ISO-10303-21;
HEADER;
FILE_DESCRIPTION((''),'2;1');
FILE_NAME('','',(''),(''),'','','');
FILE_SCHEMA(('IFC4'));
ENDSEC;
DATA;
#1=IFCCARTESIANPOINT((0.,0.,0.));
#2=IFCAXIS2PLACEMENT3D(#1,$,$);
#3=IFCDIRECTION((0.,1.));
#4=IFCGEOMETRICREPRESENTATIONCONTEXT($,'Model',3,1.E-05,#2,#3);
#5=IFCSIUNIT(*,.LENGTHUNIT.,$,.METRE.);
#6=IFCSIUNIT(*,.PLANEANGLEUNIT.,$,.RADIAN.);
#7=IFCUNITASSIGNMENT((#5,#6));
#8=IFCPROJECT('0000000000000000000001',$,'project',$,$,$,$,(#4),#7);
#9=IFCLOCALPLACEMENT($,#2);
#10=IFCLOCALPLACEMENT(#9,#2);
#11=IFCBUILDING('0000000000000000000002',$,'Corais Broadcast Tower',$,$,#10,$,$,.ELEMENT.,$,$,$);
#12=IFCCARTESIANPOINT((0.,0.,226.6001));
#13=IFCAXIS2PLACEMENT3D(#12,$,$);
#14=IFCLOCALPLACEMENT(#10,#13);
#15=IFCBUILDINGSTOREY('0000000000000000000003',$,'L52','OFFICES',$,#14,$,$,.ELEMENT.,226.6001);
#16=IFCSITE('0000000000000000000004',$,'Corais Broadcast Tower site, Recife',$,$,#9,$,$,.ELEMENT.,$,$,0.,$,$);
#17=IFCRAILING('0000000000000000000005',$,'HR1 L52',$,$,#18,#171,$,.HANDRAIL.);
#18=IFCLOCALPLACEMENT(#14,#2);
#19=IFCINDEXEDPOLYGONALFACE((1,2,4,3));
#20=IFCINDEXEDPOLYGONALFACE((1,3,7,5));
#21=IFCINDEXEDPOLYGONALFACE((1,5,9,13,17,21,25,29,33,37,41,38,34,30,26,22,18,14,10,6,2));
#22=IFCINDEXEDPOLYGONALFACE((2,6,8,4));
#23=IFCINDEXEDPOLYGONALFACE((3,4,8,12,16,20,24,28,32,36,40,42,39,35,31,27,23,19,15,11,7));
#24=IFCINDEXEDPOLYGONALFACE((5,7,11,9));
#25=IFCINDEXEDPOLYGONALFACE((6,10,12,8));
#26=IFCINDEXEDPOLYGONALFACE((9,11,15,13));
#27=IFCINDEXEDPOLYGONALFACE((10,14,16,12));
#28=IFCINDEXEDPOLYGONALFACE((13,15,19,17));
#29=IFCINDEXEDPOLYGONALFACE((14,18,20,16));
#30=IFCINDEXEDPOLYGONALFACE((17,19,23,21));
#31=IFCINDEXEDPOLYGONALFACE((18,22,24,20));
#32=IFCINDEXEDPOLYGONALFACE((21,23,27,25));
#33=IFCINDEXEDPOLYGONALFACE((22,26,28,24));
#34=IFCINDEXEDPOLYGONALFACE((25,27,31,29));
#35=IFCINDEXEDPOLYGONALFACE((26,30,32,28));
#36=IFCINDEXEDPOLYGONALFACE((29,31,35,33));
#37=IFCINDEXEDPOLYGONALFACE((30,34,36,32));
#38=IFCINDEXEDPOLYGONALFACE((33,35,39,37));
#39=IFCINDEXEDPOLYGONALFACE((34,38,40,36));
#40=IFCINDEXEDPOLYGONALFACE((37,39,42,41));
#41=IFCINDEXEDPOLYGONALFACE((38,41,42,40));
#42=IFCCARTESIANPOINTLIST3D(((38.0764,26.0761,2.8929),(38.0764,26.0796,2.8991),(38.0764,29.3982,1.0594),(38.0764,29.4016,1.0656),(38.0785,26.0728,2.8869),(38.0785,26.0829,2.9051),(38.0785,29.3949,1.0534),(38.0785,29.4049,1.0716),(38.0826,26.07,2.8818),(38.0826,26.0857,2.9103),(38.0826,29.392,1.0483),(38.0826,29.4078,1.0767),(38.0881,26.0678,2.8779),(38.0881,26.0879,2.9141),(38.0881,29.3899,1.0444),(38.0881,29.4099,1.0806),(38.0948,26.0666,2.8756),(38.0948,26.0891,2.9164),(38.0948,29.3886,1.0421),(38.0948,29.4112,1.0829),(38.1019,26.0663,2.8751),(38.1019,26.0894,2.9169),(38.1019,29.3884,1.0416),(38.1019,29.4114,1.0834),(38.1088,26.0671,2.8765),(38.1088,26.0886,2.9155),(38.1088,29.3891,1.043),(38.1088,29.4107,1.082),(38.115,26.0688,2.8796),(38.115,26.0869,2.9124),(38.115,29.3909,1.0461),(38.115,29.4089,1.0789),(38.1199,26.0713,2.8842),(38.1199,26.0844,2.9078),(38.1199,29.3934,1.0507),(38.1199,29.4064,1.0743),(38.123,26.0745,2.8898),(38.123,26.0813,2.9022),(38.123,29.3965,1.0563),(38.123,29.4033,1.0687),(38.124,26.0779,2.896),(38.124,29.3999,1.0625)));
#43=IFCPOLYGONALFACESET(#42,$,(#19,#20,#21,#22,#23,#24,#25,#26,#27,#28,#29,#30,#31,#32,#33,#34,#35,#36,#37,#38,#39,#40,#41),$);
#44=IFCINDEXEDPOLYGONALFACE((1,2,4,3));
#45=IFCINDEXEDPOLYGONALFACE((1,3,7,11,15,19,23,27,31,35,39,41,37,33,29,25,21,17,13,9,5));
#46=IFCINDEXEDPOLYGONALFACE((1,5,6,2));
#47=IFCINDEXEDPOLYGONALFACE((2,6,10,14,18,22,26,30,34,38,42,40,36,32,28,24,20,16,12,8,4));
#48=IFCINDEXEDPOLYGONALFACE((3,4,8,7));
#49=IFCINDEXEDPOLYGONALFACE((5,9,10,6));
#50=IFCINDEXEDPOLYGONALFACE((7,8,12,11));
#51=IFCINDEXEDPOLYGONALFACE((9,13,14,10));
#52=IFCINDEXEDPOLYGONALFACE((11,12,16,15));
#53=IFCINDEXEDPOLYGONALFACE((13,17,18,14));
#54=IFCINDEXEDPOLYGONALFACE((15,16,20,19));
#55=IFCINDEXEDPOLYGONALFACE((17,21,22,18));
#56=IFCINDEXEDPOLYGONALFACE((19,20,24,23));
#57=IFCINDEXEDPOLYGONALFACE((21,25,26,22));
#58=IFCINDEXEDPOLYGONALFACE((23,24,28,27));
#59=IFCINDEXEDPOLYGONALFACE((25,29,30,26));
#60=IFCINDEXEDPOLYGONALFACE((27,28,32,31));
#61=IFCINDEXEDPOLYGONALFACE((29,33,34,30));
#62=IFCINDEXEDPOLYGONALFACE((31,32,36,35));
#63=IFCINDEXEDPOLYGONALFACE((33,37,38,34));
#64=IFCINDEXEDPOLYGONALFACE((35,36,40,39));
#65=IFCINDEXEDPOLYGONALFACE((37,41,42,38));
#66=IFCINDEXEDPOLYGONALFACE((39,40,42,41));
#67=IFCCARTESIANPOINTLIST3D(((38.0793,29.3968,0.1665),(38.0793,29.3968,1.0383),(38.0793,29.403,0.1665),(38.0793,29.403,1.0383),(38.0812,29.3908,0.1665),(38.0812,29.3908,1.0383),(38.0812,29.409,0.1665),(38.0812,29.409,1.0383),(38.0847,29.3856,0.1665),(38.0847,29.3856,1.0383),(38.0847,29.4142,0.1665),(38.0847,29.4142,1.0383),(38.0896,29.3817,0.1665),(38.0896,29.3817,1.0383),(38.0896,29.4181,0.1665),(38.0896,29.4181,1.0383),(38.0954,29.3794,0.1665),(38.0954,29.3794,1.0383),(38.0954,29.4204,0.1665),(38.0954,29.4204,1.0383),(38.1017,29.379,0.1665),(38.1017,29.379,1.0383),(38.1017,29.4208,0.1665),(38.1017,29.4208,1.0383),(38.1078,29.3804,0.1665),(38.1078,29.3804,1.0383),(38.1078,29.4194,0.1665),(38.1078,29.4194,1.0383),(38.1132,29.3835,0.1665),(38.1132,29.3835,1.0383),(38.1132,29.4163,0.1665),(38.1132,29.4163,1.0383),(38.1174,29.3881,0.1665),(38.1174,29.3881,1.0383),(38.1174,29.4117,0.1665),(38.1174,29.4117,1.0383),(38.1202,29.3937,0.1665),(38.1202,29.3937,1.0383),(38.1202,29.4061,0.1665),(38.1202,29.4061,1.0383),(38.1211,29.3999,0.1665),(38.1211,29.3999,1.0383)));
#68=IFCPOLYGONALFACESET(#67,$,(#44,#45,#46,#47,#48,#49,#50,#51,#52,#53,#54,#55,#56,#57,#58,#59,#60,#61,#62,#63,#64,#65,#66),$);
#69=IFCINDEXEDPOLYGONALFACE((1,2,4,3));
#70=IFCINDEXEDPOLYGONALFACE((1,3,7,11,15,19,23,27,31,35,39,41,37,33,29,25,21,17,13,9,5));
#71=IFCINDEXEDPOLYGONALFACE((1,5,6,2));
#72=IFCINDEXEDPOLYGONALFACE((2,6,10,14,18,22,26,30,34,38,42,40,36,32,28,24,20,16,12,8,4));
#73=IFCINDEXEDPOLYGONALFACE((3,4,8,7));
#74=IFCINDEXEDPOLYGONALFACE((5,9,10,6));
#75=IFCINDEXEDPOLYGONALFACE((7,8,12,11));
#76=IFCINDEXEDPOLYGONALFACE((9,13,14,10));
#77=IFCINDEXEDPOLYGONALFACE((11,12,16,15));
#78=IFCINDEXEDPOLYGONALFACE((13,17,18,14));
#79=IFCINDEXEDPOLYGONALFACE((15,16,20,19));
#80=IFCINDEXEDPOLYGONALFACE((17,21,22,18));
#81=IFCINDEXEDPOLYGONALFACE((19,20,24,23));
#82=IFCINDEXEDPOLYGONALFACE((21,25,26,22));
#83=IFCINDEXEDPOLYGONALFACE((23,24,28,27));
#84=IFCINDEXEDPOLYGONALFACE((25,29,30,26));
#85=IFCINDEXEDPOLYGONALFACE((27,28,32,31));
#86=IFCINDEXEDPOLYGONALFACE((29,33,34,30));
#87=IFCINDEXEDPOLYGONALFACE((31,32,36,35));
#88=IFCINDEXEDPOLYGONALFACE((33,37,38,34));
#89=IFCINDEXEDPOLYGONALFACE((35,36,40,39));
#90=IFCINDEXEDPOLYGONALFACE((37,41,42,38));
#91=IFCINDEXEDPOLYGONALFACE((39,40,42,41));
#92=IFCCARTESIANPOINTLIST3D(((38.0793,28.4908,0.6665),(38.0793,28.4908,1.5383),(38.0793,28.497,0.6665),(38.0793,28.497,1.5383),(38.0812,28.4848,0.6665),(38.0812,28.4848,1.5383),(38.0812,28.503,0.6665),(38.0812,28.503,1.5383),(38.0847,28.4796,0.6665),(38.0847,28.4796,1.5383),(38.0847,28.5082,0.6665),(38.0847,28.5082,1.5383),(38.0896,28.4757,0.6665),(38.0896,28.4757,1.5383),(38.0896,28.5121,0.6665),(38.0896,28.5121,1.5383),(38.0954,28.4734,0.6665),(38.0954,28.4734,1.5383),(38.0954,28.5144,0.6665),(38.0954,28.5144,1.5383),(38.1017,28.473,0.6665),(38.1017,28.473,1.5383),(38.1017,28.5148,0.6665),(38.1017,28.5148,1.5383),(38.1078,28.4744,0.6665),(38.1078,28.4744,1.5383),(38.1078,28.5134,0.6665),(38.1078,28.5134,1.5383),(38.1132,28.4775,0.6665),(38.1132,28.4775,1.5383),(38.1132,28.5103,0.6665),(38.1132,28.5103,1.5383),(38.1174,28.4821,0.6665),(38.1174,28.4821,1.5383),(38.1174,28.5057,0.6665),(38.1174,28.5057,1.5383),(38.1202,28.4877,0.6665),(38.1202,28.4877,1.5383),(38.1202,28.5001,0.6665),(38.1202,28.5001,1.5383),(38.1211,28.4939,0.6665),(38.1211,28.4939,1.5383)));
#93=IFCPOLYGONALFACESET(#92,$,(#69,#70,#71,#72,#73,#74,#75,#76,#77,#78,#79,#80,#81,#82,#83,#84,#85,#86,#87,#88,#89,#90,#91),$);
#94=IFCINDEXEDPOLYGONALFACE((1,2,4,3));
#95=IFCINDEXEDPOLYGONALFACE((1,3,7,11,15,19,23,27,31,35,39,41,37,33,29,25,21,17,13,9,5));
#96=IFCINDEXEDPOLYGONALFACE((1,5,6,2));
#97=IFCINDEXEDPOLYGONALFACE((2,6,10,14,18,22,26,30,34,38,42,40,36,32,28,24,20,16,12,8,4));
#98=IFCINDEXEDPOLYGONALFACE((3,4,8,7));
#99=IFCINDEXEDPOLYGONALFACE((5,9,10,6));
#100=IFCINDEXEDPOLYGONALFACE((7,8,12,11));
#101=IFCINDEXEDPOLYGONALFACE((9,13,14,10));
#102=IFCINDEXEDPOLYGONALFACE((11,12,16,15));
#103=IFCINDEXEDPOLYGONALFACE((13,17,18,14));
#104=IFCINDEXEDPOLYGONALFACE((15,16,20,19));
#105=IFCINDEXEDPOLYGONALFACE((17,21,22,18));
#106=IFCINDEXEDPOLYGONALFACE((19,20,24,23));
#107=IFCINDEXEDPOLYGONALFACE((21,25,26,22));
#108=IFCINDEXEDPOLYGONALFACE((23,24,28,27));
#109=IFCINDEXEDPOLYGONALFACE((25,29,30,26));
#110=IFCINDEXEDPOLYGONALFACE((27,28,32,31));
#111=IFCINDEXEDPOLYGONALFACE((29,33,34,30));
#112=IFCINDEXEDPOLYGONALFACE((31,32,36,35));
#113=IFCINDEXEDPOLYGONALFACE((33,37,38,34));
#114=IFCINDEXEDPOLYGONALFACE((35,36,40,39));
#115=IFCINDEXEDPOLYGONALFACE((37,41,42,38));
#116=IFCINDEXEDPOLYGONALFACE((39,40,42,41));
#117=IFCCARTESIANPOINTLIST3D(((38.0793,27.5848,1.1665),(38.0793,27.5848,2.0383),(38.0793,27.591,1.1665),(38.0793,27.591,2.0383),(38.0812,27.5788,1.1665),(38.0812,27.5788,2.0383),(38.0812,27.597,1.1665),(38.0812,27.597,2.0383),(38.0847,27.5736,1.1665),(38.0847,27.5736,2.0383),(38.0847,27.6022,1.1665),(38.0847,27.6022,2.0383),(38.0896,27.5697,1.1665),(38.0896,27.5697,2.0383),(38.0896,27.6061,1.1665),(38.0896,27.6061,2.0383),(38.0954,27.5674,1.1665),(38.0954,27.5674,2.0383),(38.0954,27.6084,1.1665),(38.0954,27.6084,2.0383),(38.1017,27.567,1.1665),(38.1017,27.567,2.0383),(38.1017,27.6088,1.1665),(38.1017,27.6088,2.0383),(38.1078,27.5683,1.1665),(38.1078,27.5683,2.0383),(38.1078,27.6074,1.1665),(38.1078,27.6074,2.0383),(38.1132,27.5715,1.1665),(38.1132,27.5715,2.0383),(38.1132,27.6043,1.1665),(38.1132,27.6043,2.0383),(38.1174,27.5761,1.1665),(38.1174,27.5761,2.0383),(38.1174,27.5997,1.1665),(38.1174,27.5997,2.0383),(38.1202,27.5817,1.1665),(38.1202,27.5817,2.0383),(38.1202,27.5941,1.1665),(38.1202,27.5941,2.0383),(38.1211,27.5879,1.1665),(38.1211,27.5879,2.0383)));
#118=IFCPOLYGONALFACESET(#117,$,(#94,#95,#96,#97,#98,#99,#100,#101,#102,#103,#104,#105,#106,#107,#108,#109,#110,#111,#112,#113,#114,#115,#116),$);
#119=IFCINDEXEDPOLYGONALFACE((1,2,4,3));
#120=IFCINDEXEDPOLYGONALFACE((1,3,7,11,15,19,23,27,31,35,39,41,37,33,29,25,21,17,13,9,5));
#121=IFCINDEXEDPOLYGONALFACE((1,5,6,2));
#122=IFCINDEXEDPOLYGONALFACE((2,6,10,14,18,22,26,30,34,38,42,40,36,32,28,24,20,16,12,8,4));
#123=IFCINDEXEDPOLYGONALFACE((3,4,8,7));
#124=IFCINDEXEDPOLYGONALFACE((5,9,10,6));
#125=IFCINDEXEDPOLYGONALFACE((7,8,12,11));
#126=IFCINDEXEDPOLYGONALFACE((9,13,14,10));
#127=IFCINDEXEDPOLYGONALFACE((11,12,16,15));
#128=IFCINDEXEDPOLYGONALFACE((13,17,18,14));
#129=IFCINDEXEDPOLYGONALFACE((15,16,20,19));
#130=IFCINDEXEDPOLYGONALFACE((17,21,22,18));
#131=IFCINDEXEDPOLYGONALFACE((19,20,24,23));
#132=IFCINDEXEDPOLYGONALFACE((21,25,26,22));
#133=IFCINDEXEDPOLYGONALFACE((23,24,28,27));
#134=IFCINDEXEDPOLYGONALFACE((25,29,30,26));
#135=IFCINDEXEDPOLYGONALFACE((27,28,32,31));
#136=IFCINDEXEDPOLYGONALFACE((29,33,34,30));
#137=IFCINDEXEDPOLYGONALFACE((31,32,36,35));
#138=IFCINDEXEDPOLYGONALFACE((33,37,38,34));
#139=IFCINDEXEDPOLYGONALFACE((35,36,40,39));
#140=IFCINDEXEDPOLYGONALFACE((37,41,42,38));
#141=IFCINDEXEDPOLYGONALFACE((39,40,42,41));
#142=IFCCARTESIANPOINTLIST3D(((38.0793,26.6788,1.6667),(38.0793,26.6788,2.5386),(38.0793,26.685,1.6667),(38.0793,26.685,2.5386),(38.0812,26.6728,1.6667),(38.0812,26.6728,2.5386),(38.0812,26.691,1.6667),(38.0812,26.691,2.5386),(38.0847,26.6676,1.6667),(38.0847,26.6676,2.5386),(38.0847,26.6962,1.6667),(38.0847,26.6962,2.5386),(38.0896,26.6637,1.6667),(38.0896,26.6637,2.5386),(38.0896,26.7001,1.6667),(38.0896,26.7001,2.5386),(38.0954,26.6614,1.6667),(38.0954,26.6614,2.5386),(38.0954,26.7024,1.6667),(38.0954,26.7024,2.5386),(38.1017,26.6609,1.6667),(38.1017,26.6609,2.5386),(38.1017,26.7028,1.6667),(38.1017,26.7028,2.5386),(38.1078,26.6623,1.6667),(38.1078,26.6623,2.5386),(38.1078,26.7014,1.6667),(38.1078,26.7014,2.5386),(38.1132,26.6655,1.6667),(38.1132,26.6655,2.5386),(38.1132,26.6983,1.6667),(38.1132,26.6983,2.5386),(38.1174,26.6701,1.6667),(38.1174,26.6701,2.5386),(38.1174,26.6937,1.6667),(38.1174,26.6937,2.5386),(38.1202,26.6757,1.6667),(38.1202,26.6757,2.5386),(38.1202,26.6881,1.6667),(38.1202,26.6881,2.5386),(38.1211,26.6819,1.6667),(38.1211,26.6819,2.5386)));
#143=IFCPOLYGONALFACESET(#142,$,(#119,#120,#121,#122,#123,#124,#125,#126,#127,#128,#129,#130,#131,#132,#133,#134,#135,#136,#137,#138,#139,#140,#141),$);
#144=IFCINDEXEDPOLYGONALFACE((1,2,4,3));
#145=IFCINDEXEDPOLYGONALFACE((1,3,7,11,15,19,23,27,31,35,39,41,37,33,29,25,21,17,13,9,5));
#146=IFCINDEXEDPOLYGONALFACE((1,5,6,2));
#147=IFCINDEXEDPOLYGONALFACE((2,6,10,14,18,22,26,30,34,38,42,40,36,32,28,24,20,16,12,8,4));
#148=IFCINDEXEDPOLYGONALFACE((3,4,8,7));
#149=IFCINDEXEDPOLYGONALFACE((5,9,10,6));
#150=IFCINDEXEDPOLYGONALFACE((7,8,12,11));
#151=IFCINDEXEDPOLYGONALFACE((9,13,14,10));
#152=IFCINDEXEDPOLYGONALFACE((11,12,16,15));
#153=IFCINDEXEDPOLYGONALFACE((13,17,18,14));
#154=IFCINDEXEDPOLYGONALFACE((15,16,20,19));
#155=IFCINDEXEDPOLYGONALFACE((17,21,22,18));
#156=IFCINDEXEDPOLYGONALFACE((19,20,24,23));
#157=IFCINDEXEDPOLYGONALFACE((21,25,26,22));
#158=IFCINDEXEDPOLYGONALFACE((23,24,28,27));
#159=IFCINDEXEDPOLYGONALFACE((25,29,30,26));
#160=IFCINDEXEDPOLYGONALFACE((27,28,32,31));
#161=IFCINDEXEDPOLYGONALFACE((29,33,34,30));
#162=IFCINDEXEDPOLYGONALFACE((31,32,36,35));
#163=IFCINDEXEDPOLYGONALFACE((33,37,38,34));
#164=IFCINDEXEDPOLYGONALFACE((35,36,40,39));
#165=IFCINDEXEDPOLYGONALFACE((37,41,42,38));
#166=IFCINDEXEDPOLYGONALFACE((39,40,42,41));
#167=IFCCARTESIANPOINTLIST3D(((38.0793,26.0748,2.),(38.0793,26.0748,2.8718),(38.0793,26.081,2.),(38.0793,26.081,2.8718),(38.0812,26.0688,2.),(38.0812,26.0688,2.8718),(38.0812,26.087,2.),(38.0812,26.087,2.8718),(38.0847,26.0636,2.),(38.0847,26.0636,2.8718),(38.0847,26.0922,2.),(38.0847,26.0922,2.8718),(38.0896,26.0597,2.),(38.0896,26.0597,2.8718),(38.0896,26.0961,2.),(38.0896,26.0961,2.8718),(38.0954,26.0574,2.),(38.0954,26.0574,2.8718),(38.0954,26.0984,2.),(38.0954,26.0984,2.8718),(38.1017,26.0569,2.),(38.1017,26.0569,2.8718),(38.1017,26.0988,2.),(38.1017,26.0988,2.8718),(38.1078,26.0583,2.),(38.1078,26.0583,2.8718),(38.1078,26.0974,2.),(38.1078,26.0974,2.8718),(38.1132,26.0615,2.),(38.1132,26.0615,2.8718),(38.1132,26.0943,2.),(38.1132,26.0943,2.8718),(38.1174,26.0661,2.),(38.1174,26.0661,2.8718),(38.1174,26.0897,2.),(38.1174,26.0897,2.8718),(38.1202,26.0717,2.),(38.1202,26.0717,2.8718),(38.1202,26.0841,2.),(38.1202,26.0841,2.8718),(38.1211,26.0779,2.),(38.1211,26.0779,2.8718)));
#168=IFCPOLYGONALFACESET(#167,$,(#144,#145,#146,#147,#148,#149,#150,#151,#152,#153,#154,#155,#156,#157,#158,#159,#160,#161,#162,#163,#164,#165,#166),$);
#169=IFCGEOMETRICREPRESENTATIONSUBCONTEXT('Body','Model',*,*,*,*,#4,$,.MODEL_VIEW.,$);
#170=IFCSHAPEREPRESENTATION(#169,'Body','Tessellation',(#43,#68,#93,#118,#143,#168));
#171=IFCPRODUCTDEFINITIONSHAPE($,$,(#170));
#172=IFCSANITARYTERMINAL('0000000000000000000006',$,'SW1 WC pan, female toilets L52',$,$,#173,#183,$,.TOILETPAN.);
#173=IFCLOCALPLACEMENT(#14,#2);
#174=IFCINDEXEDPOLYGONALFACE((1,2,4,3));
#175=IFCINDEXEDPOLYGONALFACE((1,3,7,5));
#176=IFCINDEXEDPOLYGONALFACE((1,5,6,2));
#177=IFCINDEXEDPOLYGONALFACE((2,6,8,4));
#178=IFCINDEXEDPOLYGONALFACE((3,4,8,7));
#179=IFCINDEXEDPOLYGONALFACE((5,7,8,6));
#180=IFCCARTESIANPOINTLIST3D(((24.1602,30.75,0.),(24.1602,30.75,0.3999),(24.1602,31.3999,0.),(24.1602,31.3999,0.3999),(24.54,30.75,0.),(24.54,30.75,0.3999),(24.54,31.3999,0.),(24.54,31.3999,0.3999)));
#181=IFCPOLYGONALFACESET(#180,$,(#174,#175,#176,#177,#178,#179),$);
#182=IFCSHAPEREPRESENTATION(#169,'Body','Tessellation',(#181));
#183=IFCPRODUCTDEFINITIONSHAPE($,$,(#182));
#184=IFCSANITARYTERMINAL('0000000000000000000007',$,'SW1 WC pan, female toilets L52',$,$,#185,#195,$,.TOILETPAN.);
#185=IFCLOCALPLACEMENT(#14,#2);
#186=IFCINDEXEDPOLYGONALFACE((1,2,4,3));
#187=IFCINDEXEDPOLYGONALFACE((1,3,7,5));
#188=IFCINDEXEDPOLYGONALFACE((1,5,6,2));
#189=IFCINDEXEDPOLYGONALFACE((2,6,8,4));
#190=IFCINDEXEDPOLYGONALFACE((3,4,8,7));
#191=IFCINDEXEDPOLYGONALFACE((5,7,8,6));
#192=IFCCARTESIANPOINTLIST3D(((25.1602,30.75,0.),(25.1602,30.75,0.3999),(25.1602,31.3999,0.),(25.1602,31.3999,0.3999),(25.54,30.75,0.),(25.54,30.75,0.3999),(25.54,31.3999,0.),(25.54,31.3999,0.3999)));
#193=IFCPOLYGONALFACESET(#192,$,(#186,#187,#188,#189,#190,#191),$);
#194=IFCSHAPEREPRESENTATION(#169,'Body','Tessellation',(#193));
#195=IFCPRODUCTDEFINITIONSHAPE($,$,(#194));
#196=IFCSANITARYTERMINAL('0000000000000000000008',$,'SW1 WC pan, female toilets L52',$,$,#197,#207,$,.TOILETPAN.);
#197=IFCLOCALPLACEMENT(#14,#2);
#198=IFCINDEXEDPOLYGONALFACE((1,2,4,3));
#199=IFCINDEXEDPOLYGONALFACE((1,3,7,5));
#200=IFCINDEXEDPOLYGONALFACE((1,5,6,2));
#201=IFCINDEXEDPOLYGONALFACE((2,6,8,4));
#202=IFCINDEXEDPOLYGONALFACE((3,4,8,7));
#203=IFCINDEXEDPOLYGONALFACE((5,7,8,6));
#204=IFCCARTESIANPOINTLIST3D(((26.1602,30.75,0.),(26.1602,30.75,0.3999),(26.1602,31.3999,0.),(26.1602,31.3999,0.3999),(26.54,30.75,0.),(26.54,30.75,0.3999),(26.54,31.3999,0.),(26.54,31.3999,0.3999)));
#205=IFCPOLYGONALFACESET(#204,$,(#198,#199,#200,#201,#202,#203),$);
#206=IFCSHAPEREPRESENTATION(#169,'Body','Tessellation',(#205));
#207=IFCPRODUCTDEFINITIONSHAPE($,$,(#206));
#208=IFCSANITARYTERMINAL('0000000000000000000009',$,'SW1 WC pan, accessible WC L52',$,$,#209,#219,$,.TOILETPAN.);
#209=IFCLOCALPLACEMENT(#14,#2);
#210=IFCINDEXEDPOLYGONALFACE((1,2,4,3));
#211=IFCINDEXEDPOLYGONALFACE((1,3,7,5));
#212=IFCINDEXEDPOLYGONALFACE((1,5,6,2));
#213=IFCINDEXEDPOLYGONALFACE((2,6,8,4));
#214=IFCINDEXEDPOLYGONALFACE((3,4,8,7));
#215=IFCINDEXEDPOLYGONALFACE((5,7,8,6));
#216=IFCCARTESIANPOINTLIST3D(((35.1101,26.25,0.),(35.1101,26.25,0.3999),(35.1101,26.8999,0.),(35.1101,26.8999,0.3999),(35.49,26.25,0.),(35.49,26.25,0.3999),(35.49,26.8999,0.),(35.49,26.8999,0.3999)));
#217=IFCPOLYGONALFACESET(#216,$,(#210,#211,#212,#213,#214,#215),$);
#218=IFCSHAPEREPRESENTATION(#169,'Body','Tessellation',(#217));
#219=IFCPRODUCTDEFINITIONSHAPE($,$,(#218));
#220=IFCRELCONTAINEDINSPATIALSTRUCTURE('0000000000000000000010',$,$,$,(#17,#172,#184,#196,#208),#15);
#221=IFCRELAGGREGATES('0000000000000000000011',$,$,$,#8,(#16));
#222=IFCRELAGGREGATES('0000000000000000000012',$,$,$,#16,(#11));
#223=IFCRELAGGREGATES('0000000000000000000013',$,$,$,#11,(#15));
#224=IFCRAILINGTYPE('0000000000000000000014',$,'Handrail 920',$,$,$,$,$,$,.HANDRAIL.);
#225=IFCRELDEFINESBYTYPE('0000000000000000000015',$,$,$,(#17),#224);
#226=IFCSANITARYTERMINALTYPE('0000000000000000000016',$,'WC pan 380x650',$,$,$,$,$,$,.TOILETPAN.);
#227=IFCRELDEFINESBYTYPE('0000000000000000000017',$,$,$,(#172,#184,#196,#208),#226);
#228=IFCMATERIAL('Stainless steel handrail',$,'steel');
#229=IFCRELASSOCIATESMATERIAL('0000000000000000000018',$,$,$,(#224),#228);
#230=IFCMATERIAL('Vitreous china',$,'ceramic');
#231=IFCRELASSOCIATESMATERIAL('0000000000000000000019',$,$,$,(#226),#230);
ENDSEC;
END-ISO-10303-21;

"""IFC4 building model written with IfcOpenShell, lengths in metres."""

from ifc_helpers import new_model, si_unit, direction, frame, origin, origin_2d, place, context, subcontext, project, spatial, rectangle, circle, extrude, material, type_object, element, save


model = new_model("IFC4")

# Units and contexts
model_context = context("Model", 3, precision=1e-05, world=origin(), true_north=direction((0.0, 1.0)))
body_context = subcontext(model_context, "Body", "Model", "MODEL_VIEW")
ifc_project = project(units=[si_unit("LENGTHUNIT", "METRE"), si_unit("PLANEANGLEUNIT", "RADIAN")], contexts=[model_context])

# Site, building, storey
site_placement = place(None, origin())
site = spatial("IfcSite", under=ifc_project, at=site_placement, Name="Corais Broadcast Tower site, Recife", CompositionType="ELEMENT", RefElevation=0.0)
building_placement = place(site_placement, origin())
building = spatial("IfcBuilding", under=site, at=building_placement, Name="Corais Broadcast Tower", CompositionType="ELEMENT")
storey_placement = place(building_placement, frame((0.0, 0.0, 226.6001)))
storey = spatial("IfcBuildingStorey", under=building, at=storey_placement, Name="L52", Description="OFFICES", CompositionType="ELEMENT", Elevation=226.6001)

# Railing
ifc_material_1 = material(Name="Stainless steel handrail", Category="steel")
railing_type = type_object("IfcRailingType", Name="Handrail 920", PredefinedType="HANDRAIL", material=ifc_material_1)
for number, where, name in (
    (1, (38.1001, 29.3999, 0.1665), "HR1 L52"),
):
    element("IfcRailing", number, at=place(storey_placement, frame(where)), inside=storey, type_object=railing_type, Name=name, PredefinedType="HANDRAIL", context=body_context, shape_type="SweptSolid", body=[
        extrude(circle(Radius=0.0239, at=origin_2d()), frame((0.0, 0.0, 0.896), z_axis=(0.0, -0.875504, 0.48321), x_axis=(1.0, 0.0, 0.0)), (0.0, 0.0, 1.0), 3.7944),
        extrude(circle(Radius=0.021, at=origin_2d()), origin(), (0.0, 0.0, 1.0), 0.8718),
        extrude(circle(Radius=0.021, at=origin_2d()), frame((0.0, -0.906, 0.5)), (0.0, 0.0, 1.0), 0.8718),
        extrude(circle(Radius=0.021, at=origin_2d()), frame((0.0, -1.812, 1.0)), (0.0, 0.0, 1.0), 0.8718),
        extrude(circle(Radius=0.021, at=origin_2d()), frame((0.0, -2.718, 1.5002)), (0.0, 0.0, 1.0), 0.8718),
        extrude(circle(Radius=0.021, at=origin_2d()), frame((0.0, -3.322, 1.8335)), (0.0, 0.0, 1.0), 0.8718),
    ])

# Sanitary terminals
ifc_material_2 = material(Name="Vitreous china", Category="ceramic")
sanitary_terminal_type_1 = type_object("IfcSanitaryTerminalType", Name="WC pan 380x650", PredefinedType="TOILETPAN", material=ifc_material_2)
for number, where, z_axis, x_axis, name in (
    (2, (24.3501, 31.075, 0.0), (0.0, 0.0, 1.0), (1.0, 0.0, 0.0), "SW1 WC pan, female toilets L52"),
    (3, (25.3501, 31.075, 0.0), (0.0, 0.0, 1.0), (1.0, 0.0, 0.0), "SW1 WC pan, female toilets L52"),
    (4, (26.3501, 31.075, 0.0), (0.0, 0.0, 1.0), (1.0, 0.0, 0.0), "SW1 WC pan, female toilets L52"),
    (5, (35.3, 26.575, 0.0), (0.0, 0.0, 1.0), (1.0, 0.0, 0.0), "SW1 WC pan, accessible WC L52"),
):
    element("IfcSanitaryTerminal", number, at=place(storey_placement, frame(where, z_axis=z_axis, x_axis=x_axis)), inside=storey, type_object=sanitary_terminal_type_1, Name=name, PredefinedType="TOILETPAN", context=body_context, shape_type="SweptSolid", body=[
        extrude(rectangle(XDim=0.3799, YDim=0.6499, at=origin_2d()), origin(), (0.0, 0.0, 1.0), 0.3999),
    ])

save(model, "model.ifc")
